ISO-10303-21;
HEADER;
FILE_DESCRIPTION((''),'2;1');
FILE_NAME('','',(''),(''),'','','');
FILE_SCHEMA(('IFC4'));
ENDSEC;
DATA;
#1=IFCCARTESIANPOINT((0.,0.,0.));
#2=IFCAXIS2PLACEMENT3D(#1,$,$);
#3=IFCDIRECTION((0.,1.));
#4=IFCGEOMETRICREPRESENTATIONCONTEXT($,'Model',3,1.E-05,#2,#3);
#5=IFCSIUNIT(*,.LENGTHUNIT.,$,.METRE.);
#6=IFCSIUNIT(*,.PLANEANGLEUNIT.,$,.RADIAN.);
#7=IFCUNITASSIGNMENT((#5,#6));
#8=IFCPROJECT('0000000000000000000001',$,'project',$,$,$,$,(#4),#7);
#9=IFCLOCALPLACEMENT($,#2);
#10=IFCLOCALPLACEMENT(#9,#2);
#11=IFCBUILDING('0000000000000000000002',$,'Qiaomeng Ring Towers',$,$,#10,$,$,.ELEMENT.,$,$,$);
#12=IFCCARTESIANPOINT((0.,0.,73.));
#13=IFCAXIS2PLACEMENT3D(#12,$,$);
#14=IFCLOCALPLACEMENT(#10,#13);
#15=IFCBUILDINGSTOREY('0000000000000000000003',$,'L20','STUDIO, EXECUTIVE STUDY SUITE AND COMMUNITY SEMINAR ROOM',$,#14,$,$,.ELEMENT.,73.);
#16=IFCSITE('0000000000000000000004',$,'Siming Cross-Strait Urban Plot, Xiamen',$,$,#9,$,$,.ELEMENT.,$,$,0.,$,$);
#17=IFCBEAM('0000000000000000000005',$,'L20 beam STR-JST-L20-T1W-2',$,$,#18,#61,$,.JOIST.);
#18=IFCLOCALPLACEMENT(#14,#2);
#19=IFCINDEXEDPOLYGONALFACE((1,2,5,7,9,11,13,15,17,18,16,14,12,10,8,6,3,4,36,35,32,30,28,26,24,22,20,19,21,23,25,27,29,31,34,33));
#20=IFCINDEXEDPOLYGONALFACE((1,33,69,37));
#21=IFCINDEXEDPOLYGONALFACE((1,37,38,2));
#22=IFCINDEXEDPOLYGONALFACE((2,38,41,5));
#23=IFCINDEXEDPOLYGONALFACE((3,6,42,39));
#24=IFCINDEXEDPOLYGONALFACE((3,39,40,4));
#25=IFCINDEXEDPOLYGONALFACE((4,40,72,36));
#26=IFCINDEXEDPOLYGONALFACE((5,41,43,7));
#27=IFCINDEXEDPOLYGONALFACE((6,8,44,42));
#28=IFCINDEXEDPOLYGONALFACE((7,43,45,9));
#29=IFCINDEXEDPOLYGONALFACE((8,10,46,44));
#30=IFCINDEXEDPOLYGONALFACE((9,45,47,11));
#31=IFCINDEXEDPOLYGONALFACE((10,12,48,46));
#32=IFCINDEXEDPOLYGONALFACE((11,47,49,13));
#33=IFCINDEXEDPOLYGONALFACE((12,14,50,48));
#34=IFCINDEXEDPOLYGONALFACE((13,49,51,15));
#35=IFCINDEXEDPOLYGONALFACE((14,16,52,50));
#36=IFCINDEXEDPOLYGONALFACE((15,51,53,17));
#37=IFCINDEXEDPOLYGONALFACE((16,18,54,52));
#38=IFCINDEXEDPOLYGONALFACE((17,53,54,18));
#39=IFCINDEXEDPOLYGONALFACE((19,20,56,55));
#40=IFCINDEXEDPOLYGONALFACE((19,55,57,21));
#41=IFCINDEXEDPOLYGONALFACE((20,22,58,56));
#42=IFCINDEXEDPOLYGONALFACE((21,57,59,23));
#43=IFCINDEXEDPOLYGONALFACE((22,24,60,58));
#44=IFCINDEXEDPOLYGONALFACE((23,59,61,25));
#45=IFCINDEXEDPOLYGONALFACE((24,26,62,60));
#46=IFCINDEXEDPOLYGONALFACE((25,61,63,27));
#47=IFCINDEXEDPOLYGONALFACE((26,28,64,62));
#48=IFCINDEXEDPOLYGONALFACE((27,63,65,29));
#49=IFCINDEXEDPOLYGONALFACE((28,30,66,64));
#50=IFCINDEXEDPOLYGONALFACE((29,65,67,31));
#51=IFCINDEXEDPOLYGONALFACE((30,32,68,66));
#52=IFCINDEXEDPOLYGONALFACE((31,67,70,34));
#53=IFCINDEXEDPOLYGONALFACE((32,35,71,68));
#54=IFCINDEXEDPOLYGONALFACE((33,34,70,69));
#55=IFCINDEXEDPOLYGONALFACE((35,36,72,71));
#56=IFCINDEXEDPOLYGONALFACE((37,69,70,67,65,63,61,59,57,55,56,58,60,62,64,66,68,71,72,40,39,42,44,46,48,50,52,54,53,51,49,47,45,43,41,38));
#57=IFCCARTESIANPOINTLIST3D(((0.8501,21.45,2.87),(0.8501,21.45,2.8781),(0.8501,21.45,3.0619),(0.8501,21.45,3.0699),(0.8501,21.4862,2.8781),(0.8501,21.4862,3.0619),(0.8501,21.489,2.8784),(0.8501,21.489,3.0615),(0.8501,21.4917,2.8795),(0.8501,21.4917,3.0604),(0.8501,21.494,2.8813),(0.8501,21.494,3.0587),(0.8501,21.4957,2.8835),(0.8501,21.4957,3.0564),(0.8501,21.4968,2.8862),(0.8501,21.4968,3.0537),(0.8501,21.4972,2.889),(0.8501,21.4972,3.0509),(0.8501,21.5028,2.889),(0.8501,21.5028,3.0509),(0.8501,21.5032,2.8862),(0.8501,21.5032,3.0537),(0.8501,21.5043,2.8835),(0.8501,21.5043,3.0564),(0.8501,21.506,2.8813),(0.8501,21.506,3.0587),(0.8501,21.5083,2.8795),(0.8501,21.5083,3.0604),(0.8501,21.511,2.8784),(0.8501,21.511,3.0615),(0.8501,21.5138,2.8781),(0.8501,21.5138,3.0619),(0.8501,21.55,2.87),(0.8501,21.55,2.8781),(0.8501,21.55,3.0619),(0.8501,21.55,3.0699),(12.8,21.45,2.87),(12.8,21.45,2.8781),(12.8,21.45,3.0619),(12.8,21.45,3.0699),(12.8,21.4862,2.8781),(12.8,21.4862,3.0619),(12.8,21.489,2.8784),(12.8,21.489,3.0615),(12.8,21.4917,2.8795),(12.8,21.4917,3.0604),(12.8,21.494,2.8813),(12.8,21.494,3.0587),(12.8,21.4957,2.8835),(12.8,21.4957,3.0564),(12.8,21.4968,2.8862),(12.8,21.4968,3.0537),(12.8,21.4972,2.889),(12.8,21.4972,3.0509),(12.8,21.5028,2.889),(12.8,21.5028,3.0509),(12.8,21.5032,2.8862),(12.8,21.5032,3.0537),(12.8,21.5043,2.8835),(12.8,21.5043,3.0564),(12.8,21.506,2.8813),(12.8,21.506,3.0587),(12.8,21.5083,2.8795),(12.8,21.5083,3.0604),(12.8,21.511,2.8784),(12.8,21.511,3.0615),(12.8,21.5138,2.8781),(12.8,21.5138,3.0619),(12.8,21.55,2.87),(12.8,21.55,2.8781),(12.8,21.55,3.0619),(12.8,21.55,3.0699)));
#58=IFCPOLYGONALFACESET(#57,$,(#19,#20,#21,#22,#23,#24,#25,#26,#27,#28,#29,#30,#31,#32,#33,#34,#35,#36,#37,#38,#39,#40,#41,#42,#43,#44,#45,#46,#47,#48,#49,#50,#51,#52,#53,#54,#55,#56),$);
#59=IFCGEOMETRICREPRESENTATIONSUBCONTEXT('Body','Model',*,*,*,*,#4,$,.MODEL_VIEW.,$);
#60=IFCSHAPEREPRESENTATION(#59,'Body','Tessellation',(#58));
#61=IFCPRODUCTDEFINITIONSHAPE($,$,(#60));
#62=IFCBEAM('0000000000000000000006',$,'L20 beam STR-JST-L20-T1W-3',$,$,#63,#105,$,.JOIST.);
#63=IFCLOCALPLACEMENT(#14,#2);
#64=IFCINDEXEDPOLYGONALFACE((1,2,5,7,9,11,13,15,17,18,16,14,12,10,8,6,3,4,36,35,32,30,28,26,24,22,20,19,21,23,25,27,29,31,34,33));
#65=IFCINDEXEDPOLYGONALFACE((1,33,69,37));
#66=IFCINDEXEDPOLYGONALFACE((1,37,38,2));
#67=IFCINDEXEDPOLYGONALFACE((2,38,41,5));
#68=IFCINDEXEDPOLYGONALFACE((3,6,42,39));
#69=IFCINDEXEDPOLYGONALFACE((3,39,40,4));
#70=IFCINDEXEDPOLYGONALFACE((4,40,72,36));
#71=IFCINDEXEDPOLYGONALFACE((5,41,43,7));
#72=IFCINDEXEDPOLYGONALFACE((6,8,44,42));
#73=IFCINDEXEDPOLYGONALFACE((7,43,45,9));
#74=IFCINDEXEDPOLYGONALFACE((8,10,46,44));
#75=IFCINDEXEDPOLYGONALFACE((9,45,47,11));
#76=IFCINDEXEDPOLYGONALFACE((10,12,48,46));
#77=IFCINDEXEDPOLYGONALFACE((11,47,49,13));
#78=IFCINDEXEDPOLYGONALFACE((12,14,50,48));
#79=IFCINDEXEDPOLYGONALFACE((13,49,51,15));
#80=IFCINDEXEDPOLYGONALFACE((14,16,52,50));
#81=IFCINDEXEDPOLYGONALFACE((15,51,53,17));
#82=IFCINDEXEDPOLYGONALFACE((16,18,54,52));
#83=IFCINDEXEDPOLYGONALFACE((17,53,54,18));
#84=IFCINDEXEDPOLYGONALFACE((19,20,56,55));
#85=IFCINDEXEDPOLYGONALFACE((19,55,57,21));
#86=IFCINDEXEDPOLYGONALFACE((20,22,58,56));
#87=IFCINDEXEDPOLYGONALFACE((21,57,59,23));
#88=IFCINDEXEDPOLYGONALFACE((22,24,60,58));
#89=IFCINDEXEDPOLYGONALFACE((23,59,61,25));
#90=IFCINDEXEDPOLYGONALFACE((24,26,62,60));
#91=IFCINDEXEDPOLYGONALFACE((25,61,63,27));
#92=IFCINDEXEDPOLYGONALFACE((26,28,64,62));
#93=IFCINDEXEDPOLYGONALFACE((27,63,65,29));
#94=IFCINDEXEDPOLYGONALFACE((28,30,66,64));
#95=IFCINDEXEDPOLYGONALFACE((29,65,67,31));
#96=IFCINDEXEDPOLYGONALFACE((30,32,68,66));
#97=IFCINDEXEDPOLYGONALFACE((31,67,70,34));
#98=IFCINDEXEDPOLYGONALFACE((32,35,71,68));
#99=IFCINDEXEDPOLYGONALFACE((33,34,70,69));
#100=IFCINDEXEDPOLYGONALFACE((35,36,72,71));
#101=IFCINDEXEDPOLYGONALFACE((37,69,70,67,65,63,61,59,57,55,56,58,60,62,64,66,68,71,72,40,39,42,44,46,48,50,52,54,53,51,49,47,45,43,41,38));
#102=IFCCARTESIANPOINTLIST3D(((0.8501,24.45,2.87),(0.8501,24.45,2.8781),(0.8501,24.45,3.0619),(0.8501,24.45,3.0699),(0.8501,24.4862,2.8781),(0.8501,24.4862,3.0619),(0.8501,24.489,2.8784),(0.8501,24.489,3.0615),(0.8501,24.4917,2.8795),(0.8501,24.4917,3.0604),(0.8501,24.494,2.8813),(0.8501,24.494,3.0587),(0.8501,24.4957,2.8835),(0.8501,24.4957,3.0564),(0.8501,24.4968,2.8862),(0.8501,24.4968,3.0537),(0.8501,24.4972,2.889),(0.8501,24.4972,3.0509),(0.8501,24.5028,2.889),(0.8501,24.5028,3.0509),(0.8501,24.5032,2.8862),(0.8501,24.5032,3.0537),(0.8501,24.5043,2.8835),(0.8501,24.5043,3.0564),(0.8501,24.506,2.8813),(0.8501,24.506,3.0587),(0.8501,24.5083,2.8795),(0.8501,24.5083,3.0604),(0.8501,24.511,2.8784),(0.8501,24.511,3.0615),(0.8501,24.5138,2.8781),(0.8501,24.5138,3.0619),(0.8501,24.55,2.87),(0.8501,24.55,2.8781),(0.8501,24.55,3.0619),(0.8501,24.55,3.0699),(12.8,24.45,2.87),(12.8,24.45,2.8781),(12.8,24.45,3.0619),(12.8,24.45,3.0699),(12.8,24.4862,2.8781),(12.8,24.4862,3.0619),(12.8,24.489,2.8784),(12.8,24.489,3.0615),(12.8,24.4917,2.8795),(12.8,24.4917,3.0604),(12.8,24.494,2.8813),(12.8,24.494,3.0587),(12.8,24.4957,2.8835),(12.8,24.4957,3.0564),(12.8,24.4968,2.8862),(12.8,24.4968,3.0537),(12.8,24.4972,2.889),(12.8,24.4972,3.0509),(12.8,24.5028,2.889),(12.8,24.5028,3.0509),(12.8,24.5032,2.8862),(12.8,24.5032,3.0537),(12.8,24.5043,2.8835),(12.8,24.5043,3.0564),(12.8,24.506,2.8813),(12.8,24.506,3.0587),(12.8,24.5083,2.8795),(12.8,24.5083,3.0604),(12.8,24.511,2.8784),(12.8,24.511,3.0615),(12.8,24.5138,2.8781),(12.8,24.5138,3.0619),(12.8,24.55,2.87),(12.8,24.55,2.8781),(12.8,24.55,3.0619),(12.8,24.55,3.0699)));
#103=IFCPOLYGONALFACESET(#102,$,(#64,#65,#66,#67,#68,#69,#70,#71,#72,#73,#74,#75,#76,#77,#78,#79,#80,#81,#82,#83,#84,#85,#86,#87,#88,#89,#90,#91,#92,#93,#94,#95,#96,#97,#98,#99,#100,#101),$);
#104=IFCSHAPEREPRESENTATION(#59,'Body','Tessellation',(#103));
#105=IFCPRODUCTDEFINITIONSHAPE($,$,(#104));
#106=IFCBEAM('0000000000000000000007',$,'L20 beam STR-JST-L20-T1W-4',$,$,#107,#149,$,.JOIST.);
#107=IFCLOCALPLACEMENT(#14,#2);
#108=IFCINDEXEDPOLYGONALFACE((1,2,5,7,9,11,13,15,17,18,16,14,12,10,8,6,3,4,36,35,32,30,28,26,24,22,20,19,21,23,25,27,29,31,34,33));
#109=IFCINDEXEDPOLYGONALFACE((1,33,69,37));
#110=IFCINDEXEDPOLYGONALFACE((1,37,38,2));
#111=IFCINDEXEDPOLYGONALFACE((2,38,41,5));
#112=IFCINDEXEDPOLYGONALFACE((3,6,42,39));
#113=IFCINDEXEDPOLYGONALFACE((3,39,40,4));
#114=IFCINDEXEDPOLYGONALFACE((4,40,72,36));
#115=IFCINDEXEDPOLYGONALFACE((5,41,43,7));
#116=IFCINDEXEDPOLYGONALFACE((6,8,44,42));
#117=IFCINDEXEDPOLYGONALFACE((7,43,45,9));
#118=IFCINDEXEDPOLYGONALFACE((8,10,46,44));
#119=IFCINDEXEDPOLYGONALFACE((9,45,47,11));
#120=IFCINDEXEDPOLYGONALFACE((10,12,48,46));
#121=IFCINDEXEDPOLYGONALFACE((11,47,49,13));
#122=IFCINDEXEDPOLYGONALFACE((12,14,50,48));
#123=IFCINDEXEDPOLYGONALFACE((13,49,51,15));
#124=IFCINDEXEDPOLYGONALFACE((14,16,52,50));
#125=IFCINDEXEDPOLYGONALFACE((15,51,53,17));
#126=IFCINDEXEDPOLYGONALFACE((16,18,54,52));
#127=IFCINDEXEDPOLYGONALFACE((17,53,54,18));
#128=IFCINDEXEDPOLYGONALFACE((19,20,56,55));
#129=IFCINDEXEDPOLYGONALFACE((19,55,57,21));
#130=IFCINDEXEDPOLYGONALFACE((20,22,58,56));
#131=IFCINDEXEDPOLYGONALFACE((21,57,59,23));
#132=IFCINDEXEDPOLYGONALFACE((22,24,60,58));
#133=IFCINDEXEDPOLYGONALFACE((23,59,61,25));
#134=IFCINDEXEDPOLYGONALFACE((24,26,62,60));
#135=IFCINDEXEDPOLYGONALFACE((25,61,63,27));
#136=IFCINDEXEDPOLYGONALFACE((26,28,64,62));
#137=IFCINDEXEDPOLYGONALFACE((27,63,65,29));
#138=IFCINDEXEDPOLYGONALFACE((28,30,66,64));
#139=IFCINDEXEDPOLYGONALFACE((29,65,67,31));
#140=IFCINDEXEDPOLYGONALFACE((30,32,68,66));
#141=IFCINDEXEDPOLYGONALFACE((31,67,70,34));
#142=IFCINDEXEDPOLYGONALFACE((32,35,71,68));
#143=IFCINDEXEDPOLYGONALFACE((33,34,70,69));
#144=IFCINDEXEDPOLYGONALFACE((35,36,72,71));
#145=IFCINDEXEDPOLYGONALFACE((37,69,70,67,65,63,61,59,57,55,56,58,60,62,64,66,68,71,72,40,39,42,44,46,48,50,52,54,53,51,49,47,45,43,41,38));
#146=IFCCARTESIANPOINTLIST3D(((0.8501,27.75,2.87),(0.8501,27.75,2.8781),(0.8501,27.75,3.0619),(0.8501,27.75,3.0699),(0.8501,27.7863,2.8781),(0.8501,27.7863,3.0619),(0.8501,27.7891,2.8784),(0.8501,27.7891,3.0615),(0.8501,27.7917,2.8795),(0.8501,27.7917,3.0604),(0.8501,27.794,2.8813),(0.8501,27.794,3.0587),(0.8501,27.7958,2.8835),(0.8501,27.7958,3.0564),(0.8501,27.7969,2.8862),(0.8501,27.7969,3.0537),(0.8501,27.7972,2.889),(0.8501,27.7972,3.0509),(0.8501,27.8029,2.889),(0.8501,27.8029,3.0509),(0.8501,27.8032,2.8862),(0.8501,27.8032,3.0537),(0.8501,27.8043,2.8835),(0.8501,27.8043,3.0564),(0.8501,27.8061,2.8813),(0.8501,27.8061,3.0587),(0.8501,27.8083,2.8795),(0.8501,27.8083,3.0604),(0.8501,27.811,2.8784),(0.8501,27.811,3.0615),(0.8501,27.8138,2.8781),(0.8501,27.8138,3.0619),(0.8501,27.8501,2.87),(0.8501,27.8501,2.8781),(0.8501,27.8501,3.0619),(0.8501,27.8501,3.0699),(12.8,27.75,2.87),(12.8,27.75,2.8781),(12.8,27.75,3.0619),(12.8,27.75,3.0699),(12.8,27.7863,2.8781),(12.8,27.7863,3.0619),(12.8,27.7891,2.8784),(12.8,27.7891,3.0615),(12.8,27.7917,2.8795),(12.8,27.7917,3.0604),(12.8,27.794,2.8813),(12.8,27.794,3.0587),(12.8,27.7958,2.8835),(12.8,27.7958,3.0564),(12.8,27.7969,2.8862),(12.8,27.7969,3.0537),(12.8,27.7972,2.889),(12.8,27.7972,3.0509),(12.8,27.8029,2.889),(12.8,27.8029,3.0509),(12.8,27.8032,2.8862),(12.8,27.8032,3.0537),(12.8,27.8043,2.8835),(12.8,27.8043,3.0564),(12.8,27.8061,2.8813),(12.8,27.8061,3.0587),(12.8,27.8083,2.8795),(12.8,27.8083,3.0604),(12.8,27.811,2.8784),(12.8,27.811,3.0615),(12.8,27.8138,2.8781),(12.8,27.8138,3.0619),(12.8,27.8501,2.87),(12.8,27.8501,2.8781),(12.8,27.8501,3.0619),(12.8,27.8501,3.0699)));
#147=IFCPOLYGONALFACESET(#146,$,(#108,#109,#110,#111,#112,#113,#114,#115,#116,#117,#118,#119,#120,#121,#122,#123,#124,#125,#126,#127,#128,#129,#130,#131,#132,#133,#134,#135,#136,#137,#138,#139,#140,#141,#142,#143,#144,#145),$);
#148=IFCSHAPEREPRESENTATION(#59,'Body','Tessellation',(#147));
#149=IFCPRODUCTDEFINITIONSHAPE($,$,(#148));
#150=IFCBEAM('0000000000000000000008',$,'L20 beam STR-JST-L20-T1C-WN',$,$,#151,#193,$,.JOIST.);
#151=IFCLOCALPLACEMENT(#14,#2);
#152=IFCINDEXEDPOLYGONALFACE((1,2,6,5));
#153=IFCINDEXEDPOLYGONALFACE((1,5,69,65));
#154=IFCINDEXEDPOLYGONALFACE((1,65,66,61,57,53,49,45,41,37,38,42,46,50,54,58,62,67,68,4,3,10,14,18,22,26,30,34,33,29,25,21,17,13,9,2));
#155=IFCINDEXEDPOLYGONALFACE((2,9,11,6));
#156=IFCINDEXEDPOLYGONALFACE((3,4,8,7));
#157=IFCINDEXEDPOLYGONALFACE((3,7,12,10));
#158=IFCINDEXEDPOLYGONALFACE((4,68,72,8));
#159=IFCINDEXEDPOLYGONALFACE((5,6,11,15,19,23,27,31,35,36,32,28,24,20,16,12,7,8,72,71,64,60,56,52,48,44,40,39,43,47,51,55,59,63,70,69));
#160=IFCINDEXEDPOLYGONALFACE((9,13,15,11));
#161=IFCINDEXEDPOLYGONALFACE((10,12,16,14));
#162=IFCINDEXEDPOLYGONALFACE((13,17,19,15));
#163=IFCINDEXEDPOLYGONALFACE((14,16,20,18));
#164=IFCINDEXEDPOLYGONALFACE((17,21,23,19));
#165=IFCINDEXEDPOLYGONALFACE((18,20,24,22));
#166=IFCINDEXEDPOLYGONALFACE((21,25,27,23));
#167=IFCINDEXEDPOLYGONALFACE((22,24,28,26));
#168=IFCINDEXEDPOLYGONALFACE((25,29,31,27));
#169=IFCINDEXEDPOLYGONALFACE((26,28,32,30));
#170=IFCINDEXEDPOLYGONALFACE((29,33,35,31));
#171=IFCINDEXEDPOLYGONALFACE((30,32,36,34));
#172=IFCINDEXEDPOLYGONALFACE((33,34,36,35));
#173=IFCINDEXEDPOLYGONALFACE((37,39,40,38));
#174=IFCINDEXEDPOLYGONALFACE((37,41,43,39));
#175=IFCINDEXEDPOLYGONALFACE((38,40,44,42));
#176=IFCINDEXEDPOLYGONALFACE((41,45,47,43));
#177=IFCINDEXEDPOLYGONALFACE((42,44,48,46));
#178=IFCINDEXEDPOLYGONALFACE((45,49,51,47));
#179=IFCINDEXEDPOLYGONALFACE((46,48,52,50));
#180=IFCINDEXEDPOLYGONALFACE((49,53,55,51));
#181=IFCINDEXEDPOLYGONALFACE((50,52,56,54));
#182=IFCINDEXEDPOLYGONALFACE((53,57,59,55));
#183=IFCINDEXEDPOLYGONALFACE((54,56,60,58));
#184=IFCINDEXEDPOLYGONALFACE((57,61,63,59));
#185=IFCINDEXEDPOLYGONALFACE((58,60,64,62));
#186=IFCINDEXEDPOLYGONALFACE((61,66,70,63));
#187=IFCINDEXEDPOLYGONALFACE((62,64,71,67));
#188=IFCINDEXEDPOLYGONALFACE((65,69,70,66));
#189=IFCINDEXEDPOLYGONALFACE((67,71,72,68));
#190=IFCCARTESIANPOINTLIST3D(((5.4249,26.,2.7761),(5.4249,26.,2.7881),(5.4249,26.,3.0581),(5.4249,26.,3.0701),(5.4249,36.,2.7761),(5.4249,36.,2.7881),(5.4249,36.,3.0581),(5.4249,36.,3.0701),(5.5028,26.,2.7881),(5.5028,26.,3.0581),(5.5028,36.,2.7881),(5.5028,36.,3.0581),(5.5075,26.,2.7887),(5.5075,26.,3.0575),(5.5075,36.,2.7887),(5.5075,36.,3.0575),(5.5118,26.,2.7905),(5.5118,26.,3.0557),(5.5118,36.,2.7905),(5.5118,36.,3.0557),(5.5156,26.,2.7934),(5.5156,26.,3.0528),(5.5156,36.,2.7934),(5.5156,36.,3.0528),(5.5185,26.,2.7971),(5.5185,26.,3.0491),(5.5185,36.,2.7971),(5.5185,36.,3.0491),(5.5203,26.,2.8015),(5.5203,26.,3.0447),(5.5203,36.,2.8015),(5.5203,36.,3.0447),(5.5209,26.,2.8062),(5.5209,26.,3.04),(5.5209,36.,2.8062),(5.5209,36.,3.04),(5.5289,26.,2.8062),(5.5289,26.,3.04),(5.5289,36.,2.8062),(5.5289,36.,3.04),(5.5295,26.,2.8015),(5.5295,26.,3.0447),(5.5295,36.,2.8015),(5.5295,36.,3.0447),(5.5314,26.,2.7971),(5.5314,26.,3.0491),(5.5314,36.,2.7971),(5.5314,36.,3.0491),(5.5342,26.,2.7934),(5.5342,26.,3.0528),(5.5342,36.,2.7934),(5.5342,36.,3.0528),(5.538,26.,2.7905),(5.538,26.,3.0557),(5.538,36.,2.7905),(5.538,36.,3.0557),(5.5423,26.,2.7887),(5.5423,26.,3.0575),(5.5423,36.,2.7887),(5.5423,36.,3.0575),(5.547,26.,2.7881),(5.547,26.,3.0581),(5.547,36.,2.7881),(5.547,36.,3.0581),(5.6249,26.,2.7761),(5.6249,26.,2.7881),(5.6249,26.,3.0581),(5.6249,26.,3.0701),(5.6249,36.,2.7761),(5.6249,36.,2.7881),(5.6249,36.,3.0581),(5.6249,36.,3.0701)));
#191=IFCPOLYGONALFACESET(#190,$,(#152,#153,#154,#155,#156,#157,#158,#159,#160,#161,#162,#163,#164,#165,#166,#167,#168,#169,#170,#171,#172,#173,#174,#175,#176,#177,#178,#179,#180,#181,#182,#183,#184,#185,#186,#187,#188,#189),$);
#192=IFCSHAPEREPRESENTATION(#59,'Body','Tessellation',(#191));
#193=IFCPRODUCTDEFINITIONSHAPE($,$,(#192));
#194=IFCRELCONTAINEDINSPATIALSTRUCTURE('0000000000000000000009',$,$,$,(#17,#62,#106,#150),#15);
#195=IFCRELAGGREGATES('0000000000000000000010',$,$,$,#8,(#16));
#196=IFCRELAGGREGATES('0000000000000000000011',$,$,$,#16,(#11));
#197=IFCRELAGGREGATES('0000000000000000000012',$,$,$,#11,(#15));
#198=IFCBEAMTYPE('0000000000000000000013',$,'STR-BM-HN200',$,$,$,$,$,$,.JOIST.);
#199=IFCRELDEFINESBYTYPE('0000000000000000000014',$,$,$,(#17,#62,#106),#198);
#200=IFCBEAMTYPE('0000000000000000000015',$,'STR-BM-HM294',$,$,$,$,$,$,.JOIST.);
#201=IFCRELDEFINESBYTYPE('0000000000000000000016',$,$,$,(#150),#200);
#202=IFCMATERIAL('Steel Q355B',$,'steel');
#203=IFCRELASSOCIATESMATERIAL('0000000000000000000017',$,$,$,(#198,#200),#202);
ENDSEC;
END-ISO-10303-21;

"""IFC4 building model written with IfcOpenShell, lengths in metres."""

from ifc_helpers import new_model, si_unit, direction, frame, origin, origin_2d, place, context, subcontext, project, spatial, i_section, extrude, source, transform, mapped, material, material_profile, profile_set, type_object, element, save


model = new_model("IFC4")

# Units and contexts
model_context = context("Model", 3, precision=1e-05, world=origin(), true_north=direction((0.0, 1.0)))
body_context = subcontext(model_context, "Body", "Model", "MODEL_VIEW")
ifc_project = project(units=[si_unit("LENGTHUNIT", "METRE"), si_unit("PLANEANGLEUNIT", "RADIAN")], contexts=[model_context])

# Site, building, storey
site_placement = place(None, origin())
site = spatial("IfcSite", under=ifc_project, at=site_placement, Name="Siming Cross-Strait Urban Plot, Xiamen", CompositionType="ELEMENT", RefElevation=0.0)
building_placement = place(site_placement, origin())
building = spatial("IfcBuilding", under=site, at=building_placement, Name="Qiaomeng Ring Towers", CompositionType="ELEMENT")
storey_placement = place(building_placement, frame((0.0, 0.0, 73.0)))
storey = spatial("IfcBuildingStorey", under=building, at=storey_placement, Name="L20", Description="STUDIO, EXECUTIVE STUDY SUITE AND COMMUNITY SEMINAR ROOM", CompositionType="ELEMENT", Elevation=73.0)

# Beams
ifc_material_1 = material(Name="Steel Q355B", Category="steel")
ifc_material_profile_1 = material_profile(ifc_material_1, i_section(OverallWidth=0.1001, OverallDepth=0.2, WebThickness=0.0056, FlangeThickness=0.0081, FilletRadius=0.011, at=origin_2d()), Name="HN 200x100x5.5x8")
ifc_profile_set_1 = profile_set([ifc_material_profile_1], Name="Steel Q355B")
beam_type_1 = type_object("IfcBeamType", Name="STR-BM-HN200", PredefinedType="JOIST", material=ifc_profile_set_1)
shared_shape_1 = source(origin(), body_context, "Body", "SweptSolid", [
    extrude(i_section(OverallWidth=0.1001, OverallDepth=0.2, WebThickness=0.0056, FlangeThickness=0.0081, FilletRadius=0.011, at=origin_2d()), origin(), (0.0, 0.0, 1.0), 11.95),
])
for number, where, z_axis, x_axis, name in (
    (1, (0.8501, 21.5, 2.97), (1.0, 0.0, 0.0), (0.0, 1.0, 0.0), "L20 beam STR-JST-L20-T1W-2"),
    (2, (0.8501, 24.5, 2.97), (1.0, 0.0, 0.0), (0.0, 1.0, 0.0), "L20 beam STR-JST-L20-T1W-3"),
    (3, (0.8501, 27.8, 2.97), (1.0, 0.0, 0.0), (0.0, 1.0, 0.0), "L20 beam STR-JST-L20-T1W-4"),
):
    element("IfcBeam", number, at=place(storey_placement, frame(where, z_axis=z_axis, x_axis=x_axis)), inside=storey, type_object=beam_type_1, Name=name, PredefinedType="JOIST", context=body_context, shape_type="MappedRepresentation", body=[
        mapped(shared_shape_1, transform((0.0, 0.0, 0.0), x_axis=(1.0, 0.0, 0.0), y_axis=(0.0, 1.0, 0.0), z_axis=(0.0, 0.0, 1.0), scale=1.0)),
    ])
ifc_material_profile_2 = material_profile(ifc_material_1, i_section(OverallWidth=0.2, OverallDepth=0.2939, WebThickness=0.0081, FlangeThickness=0.012, FilletRadius=0.0181, at=origin_2d()), Name="HM 294x200x8x12")
ifc_profile_set_2 = profile_set([ifc_material_profile_2], Name="Steel Q355B")
beam_type_2 = type_object("IfcBeamType", Name="STR-BM-HM294", PredefinedType="JOIST", material=ifc_profile_set_2)
shared_shape_2 = source(origin(), body_context, "Body", "SweptSolid", [
    extrude(i_section(OverallWidth=0.2, OverallDepth=0.2939, WebThickness=0.0081, FlangeThickness=0.012, FilletRadius=0.0181, at=origin_2d()), origin(), (0.0, 0.0, 1.0), 10.0),
])
beam_1_placement = place(storey_placement, frame((5.5249, 26.0, 2.9231), z_axis=(0.0, 1.0, 0.0), x_axis=(-1.0, 0.0, 0.0)))
element("IfcBeam", 4, at=beam_1_placement, inside=storey, type_object=beam_type_2, Name="L20 beam STR-JST-L20-T1C-WN", PredefinedType="JOIST", context=body_context, shape_type="MappedRepresentation", body=[
    mapped(shared_shape_2, transform((0.0, 0.0, 0.0), x_axis=(1.0, 0.0, 0.0), y_axis=(0.0, 1.0, 0.0), z_axis=(0.0, 0.0, 1.0), scale=1.0)),
])

save(model, "model.ifc")
